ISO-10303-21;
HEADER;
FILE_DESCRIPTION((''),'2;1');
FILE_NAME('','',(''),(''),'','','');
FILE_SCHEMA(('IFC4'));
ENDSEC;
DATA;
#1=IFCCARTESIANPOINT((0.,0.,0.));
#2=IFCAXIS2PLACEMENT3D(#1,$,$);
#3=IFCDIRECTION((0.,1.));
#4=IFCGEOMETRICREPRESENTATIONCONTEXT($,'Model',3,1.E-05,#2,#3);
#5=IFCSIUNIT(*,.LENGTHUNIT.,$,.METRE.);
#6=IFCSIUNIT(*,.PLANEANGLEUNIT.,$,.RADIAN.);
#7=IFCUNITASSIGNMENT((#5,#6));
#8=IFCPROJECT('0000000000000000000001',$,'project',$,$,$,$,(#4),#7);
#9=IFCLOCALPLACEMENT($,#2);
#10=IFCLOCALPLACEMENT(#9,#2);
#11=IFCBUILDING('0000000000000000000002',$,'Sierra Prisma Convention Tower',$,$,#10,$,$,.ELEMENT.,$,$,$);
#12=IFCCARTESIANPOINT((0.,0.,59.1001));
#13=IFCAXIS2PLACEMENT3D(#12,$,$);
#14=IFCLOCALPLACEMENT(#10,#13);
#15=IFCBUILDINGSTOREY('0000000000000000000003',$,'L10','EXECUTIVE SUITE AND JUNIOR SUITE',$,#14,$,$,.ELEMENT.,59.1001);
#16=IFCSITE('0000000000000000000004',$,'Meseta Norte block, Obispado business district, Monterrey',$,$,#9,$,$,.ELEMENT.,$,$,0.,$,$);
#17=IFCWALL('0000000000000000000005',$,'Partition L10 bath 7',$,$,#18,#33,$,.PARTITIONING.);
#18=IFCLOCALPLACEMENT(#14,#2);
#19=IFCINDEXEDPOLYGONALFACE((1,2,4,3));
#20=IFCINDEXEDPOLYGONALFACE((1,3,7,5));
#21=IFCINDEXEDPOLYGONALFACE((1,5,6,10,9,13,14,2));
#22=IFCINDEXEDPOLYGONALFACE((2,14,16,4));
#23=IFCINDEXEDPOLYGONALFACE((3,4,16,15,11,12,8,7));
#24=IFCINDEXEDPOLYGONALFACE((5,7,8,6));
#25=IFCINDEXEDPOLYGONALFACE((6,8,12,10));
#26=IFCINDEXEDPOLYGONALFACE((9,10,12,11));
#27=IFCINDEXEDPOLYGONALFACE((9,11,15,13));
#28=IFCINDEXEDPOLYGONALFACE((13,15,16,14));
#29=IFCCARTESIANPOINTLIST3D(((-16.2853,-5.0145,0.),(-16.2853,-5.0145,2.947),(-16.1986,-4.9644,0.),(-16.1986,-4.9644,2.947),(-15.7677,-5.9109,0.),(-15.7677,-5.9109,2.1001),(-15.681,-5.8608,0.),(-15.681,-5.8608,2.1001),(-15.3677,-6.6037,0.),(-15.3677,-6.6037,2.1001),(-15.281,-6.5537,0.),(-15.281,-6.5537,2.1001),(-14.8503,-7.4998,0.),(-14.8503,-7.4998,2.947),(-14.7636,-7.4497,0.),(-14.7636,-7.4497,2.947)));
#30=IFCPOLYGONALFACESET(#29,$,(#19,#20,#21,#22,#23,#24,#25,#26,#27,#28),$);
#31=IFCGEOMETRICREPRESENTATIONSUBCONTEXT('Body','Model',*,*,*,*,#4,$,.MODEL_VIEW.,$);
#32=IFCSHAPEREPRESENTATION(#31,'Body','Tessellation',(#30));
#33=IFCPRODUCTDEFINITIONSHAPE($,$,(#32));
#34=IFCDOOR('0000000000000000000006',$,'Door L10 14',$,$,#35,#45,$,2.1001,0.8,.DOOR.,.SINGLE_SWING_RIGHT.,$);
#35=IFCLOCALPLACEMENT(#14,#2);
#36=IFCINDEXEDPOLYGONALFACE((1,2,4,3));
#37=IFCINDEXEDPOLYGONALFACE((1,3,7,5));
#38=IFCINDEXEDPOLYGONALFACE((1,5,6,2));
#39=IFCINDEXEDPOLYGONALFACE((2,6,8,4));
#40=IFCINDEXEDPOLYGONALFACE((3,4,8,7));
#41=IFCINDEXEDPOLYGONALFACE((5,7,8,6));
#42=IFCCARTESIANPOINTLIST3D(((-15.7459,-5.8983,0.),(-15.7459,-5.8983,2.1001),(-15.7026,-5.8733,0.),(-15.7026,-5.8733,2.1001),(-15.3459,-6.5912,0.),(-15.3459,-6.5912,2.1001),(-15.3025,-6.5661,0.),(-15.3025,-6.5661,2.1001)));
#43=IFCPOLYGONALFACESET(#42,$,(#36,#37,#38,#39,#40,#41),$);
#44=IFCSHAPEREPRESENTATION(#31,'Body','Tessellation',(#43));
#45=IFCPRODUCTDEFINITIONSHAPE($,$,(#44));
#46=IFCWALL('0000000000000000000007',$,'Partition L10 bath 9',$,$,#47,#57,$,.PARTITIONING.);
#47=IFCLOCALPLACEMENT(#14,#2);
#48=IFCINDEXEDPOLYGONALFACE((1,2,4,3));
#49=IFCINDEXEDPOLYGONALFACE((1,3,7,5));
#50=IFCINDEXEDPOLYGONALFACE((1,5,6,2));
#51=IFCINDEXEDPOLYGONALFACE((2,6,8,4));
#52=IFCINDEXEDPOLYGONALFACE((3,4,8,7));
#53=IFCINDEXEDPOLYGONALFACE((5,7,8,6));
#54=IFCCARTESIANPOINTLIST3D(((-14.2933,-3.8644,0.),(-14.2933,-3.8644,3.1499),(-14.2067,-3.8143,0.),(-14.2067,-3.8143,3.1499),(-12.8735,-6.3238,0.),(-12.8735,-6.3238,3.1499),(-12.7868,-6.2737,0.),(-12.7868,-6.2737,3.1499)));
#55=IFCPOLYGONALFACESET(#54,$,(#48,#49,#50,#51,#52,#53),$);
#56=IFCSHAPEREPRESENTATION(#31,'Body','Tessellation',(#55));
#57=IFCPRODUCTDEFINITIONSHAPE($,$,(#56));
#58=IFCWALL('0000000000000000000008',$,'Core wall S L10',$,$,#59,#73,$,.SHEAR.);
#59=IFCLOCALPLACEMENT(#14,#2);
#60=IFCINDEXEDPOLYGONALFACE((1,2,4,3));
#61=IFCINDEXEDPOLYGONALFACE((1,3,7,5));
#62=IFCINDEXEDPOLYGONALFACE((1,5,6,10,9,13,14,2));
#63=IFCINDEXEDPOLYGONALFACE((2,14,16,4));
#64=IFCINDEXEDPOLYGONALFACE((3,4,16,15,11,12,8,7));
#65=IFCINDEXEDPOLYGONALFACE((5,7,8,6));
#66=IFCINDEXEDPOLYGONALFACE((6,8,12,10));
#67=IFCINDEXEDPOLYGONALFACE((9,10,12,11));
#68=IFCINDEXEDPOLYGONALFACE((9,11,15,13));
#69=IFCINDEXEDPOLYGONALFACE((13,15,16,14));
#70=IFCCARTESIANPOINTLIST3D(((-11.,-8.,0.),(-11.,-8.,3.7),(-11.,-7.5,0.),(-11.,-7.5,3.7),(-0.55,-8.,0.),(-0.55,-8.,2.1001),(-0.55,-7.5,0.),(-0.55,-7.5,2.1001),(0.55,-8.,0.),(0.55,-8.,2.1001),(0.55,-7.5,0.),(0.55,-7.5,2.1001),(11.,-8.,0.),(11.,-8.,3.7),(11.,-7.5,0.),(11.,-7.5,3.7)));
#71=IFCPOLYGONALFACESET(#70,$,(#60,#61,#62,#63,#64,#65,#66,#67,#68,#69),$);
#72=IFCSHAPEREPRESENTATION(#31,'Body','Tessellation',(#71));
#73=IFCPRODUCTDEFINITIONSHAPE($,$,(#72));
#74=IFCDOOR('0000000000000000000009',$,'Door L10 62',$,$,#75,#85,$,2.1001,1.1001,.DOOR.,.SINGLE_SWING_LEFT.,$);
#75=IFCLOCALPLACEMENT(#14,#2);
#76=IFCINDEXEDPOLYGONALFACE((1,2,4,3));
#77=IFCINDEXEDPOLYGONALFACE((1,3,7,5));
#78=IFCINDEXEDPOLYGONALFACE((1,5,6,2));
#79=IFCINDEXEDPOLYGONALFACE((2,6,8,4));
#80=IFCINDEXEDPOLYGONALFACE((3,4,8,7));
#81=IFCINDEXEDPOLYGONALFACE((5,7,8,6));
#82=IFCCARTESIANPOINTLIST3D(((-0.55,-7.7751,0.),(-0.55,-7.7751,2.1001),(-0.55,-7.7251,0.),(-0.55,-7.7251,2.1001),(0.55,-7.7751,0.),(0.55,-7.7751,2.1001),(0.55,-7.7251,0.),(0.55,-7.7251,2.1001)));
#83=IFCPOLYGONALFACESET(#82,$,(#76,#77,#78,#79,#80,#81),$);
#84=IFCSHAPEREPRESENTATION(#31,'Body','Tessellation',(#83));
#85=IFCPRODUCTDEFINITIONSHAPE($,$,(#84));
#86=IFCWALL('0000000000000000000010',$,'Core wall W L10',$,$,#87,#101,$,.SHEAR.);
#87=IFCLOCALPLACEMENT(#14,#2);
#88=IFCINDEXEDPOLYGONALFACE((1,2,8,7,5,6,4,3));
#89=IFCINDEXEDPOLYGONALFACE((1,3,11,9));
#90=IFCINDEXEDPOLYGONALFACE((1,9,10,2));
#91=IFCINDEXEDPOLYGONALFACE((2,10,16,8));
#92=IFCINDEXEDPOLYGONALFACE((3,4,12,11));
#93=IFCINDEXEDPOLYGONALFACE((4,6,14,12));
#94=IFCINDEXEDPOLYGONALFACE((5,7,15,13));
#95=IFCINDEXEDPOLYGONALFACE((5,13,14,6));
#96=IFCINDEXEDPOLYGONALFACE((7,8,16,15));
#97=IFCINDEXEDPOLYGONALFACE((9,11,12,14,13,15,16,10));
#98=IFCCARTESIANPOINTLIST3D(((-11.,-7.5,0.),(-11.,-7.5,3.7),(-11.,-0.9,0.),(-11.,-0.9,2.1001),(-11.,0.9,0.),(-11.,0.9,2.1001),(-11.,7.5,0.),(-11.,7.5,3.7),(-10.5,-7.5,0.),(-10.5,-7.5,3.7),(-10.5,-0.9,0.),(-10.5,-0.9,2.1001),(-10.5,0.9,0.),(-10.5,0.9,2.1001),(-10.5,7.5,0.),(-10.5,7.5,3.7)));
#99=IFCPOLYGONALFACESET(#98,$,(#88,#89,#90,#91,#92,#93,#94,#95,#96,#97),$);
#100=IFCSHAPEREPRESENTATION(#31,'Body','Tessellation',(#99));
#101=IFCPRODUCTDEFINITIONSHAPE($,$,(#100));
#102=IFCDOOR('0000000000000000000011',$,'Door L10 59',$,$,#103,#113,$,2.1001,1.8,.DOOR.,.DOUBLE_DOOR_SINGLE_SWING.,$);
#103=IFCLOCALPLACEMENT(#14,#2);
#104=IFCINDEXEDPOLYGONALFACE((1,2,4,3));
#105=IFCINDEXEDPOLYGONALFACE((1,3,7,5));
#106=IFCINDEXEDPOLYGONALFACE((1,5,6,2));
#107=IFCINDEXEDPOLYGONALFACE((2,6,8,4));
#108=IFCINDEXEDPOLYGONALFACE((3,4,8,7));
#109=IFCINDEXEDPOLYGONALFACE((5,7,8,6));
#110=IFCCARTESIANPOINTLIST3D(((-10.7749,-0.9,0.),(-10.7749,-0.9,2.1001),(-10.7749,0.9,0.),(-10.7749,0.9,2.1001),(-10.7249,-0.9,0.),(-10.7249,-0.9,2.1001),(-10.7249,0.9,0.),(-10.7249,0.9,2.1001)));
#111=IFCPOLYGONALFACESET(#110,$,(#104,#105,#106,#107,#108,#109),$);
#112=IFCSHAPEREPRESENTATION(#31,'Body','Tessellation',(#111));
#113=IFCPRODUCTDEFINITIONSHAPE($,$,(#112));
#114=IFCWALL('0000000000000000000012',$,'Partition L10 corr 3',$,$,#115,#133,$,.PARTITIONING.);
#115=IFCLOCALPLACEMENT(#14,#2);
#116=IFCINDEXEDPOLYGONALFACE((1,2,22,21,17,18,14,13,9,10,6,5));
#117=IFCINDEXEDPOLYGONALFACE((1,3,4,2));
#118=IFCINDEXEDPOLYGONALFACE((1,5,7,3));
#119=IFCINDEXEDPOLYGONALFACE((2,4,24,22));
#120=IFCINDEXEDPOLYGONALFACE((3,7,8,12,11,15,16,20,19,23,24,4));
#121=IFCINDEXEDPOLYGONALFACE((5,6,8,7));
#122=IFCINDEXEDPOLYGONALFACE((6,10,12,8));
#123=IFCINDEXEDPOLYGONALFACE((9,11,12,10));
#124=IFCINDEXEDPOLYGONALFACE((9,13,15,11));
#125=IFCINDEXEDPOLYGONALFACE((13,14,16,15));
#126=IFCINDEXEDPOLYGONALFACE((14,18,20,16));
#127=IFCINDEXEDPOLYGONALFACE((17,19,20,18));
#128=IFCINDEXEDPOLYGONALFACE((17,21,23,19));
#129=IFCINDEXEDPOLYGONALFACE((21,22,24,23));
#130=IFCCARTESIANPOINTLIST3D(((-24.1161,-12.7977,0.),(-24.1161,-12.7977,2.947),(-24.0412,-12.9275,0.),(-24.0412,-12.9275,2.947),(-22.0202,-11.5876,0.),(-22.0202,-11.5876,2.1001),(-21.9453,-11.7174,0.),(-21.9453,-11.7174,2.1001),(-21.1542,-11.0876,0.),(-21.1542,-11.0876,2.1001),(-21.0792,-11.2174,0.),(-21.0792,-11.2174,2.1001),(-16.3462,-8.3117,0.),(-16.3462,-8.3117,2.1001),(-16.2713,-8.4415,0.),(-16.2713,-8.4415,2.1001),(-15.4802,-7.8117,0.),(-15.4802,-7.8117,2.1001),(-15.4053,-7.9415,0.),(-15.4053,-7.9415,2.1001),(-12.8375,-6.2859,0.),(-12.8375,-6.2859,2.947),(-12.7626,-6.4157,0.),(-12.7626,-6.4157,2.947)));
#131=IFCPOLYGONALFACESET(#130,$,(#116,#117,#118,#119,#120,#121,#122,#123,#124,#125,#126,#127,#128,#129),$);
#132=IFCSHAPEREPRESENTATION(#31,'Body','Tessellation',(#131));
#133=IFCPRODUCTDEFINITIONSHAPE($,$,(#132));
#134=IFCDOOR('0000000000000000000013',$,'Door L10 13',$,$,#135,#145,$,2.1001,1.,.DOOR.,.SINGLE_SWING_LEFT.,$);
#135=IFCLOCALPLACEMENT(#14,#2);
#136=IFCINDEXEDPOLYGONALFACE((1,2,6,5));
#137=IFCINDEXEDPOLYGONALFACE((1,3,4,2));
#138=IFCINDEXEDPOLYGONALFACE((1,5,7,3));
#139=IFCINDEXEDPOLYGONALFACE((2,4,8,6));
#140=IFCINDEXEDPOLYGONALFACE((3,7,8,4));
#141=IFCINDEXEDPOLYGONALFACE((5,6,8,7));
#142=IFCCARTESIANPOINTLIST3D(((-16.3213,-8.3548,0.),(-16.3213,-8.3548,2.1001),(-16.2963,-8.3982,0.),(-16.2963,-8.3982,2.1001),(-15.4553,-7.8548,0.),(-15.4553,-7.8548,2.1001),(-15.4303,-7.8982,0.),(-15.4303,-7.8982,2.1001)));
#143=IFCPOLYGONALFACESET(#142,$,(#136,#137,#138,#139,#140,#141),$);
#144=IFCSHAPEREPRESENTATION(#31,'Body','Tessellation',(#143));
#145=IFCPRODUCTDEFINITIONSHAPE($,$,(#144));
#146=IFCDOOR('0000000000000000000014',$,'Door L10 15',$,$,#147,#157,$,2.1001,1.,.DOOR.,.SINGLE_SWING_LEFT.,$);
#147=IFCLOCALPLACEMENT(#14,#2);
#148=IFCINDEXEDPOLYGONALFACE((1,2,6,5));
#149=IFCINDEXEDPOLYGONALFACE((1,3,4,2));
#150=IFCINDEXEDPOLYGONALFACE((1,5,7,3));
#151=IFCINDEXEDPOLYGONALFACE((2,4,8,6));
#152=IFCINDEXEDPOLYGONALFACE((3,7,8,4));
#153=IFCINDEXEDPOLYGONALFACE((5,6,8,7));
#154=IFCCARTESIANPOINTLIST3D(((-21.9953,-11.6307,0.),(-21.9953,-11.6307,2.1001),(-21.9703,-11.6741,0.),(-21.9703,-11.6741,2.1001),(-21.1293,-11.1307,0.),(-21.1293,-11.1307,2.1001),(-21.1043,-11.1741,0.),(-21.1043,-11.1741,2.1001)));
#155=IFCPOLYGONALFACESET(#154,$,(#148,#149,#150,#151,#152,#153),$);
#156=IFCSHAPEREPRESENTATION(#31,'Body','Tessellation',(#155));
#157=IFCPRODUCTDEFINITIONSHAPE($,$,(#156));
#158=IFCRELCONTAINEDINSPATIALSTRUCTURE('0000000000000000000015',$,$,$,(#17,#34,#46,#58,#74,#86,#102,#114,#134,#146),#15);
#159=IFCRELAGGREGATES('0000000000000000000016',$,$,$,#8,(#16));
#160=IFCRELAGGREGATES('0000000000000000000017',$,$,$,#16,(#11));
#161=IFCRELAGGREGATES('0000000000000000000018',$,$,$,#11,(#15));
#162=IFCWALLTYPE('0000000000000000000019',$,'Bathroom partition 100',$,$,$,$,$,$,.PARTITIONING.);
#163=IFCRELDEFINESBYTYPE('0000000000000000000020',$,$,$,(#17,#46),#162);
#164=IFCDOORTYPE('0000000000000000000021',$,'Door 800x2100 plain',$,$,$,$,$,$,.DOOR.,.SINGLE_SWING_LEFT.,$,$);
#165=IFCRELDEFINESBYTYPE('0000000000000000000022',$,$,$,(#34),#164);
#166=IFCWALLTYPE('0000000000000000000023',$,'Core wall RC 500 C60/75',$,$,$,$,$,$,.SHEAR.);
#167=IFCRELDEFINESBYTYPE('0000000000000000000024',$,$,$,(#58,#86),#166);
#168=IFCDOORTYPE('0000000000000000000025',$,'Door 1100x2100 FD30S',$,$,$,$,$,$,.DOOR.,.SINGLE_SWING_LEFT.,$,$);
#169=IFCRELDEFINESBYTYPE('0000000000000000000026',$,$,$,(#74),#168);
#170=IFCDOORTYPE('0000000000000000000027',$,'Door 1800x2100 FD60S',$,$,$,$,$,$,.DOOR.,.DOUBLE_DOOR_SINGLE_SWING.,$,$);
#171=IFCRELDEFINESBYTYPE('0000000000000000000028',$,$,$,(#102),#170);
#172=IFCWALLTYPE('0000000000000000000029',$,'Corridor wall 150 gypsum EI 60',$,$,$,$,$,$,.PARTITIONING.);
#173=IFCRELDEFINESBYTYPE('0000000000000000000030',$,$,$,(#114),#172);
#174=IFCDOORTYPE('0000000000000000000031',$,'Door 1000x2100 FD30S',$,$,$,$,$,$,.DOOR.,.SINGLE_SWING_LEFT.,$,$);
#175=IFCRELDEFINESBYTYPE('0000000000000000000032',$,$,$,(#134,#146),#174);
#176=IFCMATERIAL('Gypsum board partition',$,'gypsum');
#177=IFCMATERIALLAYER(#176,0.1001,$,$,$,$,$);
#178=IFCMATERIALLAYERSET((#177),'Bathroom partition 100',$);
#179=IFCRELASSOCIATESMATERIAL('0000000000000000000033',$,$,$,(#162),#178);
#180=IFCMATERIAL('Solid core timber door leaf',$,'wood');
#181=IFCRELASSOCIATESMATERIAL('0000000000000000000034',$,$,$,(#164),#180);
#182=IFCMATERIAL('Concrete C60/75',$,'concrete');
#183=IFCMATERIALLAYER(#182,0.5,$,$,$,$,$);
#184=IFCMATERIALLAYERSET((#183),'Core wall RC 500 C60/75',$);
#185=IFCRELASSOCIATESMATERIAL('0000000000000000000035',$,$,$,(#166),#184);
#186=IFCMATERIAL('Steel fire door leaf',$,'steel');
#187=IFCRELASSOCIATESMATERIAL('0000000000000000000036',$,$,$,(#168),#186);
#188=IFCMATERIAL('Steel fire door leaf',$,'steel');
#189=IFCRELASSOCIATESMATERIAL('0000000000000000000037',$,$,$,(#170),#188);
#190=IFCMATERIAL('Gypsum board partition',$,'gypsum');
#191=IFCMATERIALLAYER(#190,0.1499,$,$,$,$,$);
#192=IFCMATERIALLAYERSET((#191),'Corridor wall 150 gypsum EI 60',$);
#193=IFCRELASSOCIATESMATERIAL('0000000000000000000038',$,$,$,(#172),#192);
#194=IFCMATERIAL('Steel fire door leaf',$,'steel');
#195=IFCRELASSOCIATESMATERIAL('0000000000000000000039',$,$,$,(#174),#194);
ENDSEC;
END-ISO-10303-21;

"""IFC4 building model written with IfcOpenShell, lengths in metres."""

from ifc_helpers import new_model, si_unit, direction, frame, frame_2d, origin, place, context, subcontext, project, spatial, rectangle, extrude, material, layer, layer_set, type_object, element, fill, save


model = new_model("IFC4")

# Units and contexts
model_context = context("Model", 3, precision=1e-05, world=origin(), true_north=direction((0.0, 1.0)))
body_context = subcontext(model_context, "Body", "Model", "MODEL_VIEW")
ifc_project = project(units=[si_unit("LENGTHUNIT", "METRE"), si_unit("PLANEANGLEUNIT", "RADIAN")], contexts=[model_context])

# Site, building, storey
site_placement = place(None, origin())
site = spatial("IfcSite", under=ifc_project, at=site_placement, Name="Meseta Norte block, Obispado business district, Monterrey", CompositionType="ELEMENT", RefElevation=0.0)
building_placement = place(site_placement, origin())
building = spatial("IfcBuilding", under=site, at=building_placement, Name="Sierra Prisma Convention Tower", CompositionType="ELEMENT")
storey_placement = place(building_placement, frame((0.0, 0.0, 59.1001)))
storey = spatial("IfcBuildingStorey", under=building, at=storey_placement, Name="L10", Description="EXECUTIVE SUITE AND JUNIOR SUITE", CompositionType="ELEMENT", Elevation=59.1001)

# Wall, opening, door
ifc_material_1 = material(Name="Gypsum board partition", Category="gypsum")
ifc_layer_1 = layer(ifc_material_1, 0.1001)
ifc_layer_set_1 = layer_set([ifc_layer_1], Name="Bathroom partition 100")
wall_type_1 = type_object("IfcWallType", Name="Bathroom partition 100", PredefinedType="PARTITIONING", material=ifc_layer_set_1)
wall_1_placement = place(storey_placement, frame((-14.8069, -7.4749, 0.0), z_axis=(0.0, 0.0, 1.0), x_axis=(-0.500037, 0.866004, 0.0)))
wall_1 = element("IfcWall", 1, at=wall_1_placement, inside=storey, type_object=wall_type_1, Name="Partition L10 bath 7", PredefinedType="PARTITIONING", context=body_context, shape_type="SweptSolid", body=[
    extrude(rectangle(XDim=2.8699, YDim=0.1001, at=frame_2d((1.4351, 0.0))), origin(), (0.0, 0.0, 1.0), 2.947),
])
opening_1_placement = place(wall_1_placement, frame((1.0349, 0.0, 0.0)))
opening_1 = element("IfcOpeningElement", 2, at=opening_1_placement, cuts=wall_1, PredefinedType="OPENING", context=body_context, shape_type="SweptSolid", body=[
    extrude(rectangle(XDim=0.8, YDim=2.1001, at=frame_2d((0.3999, 1.05))), frame((0.0, 0.05, 0.0), z_axis=(0.0, -1.0, 0.0), x_axis=(1.0, 0.0, 0.0)), (0.0, 0.0, 1.0), 0.1001),
])
ifc_material_2 = material(Name="Solid core timber door leaf", Category="wood")
door_type_1 = type_object("IfcDoorType", Name="Door 800x2100 plain", OperationType="SINGLE_SWING_LEFT", PredefinedType="DOOR", material=ifc_material_2)
door_1_placement = place(opening_1_placement, origin())
door_1 = element("IfcDoor", 3, at=door_1_placement, inside=storey, type_object=door_type_1, Name="Door L10 14", OperationType="SINGLE_SWING_RIGHT", OverallHeight=2.1001, OverallWidth=0.8, PredefinedType="DOOR", context=body_context, shape_type="SweptSolid", body=[
    extrude(rectangle(XDim=0.8, YDim=2.1001, at=frame_2d((0.3999, 1.05))), frame((0.0, 0.0249, 0.0), z_axis=(0.0, -1.0, 0.0), x_axis=(1.0, 0.0, 0.0)), (0.0, 0.0, 1.0), 0.05),
])
fill(opening_1, door_1)

# Wall
wall_2_placement = place(storey_placement, frame((-14.25, -3.8394, 0.0), z_axis=(0.0, 0.0, 1.0), x_axis=(0.499985, -0.866034, 0.0)))
element("IfcWall", 4, at=wall_2_placement, inside=storey, type_object=wall_type_1, Name="Partition L10 bath 9", PredefinedType="PARTITIONING", context=body_context, shape_type="SweptSolid", body=[
    extrude(rectangle(XDim=2.8398, YDim=0.1001, at=frame_2d((1.4199, 0.0))), origin(), (0.0, 0.0, 1.0), 3.1499),
])

# Walls, openings, doors
ifc_material_3 = material(Name="Concrete C60/75", Category="concrete")
ifc_layer_2 = layer(ifc_material_3, 0.5)
ifc_layer_set_2 = layer_set([ifc_layer_2], Name="Core wall RC 500 C60/75")
wall_type_2 = type_object("IfcWallType", Name="Core wall RC 500 C60/75", PredefinedType="SHEAR", material=ifc_layer_set_2)
wall_3_placement = place(storey_placement, frame((-11.0, -7.75, 0.0), z_axis=(0.0, 0.0, 1.0), x_axis=(1.0, 0.0, 0.0)))
wall_3 = element("IfcWall", 5, at=wall_3_placement, inside=storey, type_object=wall_type_2, Name="Core wall S L10", PredefinedType="SHEAR", context=body_context, shape_type="SweptSolid", body=[
    extrude(rectangle(XDim=22.0, YDim=0.5, at=frame_2d((11.0, 0.0))), origin(), (0.0, 0.0, 1.0), 3.7),
])
opening_2_placement = place(wall_3_placement, frame((10.45, 0.0, 0.0)))
opening_2 = element("IfcOpeningElement", 6, at=opening_2_placement, cuts=wall_3, PredefinedType="OPENING", context=body_context, shape_type="SweptSolid", body=[
    extrude(rectangle(XDim=1.1001, YDim=2.1001, at=frame_2d((0.55, 1.05))), frame((0.0, 0.25, 0.0), z_axis=(0.0, -1.0, 0.0), x_axis=(1.0, 0.0, 0.0)), (0.0, 0.0, 1.0), 0.5),
])
ifc_material_4 = material(Name="Steel fire door leaf", Category="steel")
door_type_2 = type_object("IfcDoorType", Name="Door 1100x2100 FD30S", OperationType="SINGLE_SWING_LEFT", PredefinedType="DOOR", material=ifc_material_4)
door_2_placement = place(opening_2_placement, origin())
door_2 = element("IfcDoor", 7, at=door_2_placement, inside=storey, type_object=door_type_2, Name="Door L10 62", OperationType="SINGLE_SWING_LEFT", OverallHeight=2.1001, OverallWidth=1.1001, PredefinedType="DOOR", context=body_context, shape_type="SweptSolid", body=[
    extrude(rectangle(XDim=1.1001, YDim=2.1001, at=frame_2d((0.55, 1.05))), frame((0.0, 0.0249, 0.0), z_axis=(0.0, -1.0, 0.0), x_axis=(1.0, 0.0, 0.0)), (0.0, 0.0, 1.0), 0.05),
])
fill(opening_2, door_2)
wall_4_placement = place(storey_placement, frame((-10.75, -7.5, 0.0), z_axis=(0.0, 0.0, 1.0), x_axis=(0.0, 1.0, 0.0)))
wall_4 = element("IfcWall", 8, at=wall_4_placement, inside=storey, type_object=wall_type_2, Name="Core wall W L10", PredefinedType="SHEAR", context=body_context, shape_type="SweptSolid", body=[
    extrude(rectangle(XDim=15.0, YDim=0.5, at=frame_2d((7.5, 0.0))), origin(), (0.0, 0.0, 1.0), 3.7),
])
opening_3_placement = place(wall_4_placement, frame((6.6001, 0.0, 0.0)))
opening_3 = element("IfcOpeningElement", 9, at=opening_3_placement, cuts=wall_4, PredefinedType="OPENING", context=body_context, shape_type="SweptSolid", body=[
    extrude(rectangle(XDim=1.8, YDim=2.1001, at=frame_2d((0.8999, 1.05))), frame((0.0, 0.25, 0.0), z_axis=(0.0, -1.0, 0.0), x_axis=(1.0, 0.0, 0.0)), (0.0, 0.0, 1.0), 0.5),
])
ifc_material_5 = material(Name="Steel fire door leaf", Category="steel")
door_type_3 = type_object("IfcDoorType", Name="Door 1800x2100 FD60S", OperationType="DOUBLE_DOOR_SINGLE_SWING", PredefinedType="DOOR", material=ifc_material_5)
door_3_placement = place(opening_3_placement, origin())
door_3 = element("IfcDoor", 10, at=door_3_placement, inside=storey, type_object=door_type_3, Name="Door L10 59", OperationType="DOUBLE_DOOR_SINGLE_SWING", OverallHeight=2.1001, OverallWidth=1.8, PredefinedType="DOOR", context=body_context, shape_type="SweptSolid", body=[
    extrude(rectangle(XDim=1.8, YDim=2.1001, at=frame_2d((0.8999, 1.05))), frame((0.0, 0.0249, 0.0), z_axis=(0.0, -1.0, 0.0), x_axis=(1.0, 0.0, 0.0)), (0.0, 0.0, 1.0), 0.05),
])
fill(opening_3, door_3)

# Wall, openings, doors
ifc_material_6 = material(Name="Gypsum board partition", Category="gypsum")
ifc_layer_3 = layer(ifc_material_6, 0.1499)
ifc_layer_set_3 = layer_set([ifc_layer_3], Name="Corridor wall 150 gypsum EI 60")
wall_type_3 = type_object("IfcWallType", Name="Corridor wall 150 gypsum EI 60", PredefinedType="PARTITIONING", material=ifc_layer_set_3)
wall_5_placement = place(storey_placement, frame((-12.8, -6.3508, 0.0), z_axis=(0.0, 0.0, 1.0), x_axis=(-0.866024, -0.500002, 0.0)))
wall_5 = element("IfcWall", 11, at=wall_5_placement, inside=storey, type_object=wall_type_3, Name="Partition L10 corr 3", PredefinedType="PARTITIONING", context=body_context, shape_type="SweptSolid", body=[
    extrude(rectangle(XDim=13.0234, YDim=0.1499, at=frame_2d((6.5117, 0.0))), origin(), (0.0, 0.0, 1.0), 2.947),
])
opening_4_placement = place(wall_5_placement, frame((3.0515, 0.0, 0.0)))
opening_4 = element("IfcOpeningElement", 12, at=opening_4_placement, cuts=wall_5, PredefinedType="OPENING", context=body_context, shape_type="SweptSolid", body=[
    extrude(rectangle(XDim=1.0, YDim=2.1001, at=frame_2d((0.5, 1.05))), frame((0.0, 0.075, 0.0), z_axis=(0.0, -1.0, 0.0), x_axis=(1.0, 0.0, 0.0)), (0.0, 0.0, 1.0), 0.1499),
])
opening_5_placement = place(wall_5_placement, frame((9.6033, 0.0, 0.0)))
opening_5 = element("IfcOpeningElement", 13, at=opening_5_placement, cuts=wall_5, PredefinedType="OPENING", context=body_context, shape_type="SweptSolid", body=[
    extrude(rectangle(XDim=1.0, YDim=2.1001, at=frame_2d((0.5, 1.05))), frame((0.0, 0.075, 0.0), z_axis=(0.0, -1.0, 0.0), x_axis=(1.0, 0.0, 0.0)), (0.0, 0.0, 1.0), 0.1499),
])
ifc_material_7 = material(Name="Steel fire door leaf", Category="steel")
door_type_4 = type_object("IfcDoorType", Name="Door 1000x2100 FD30S", OperationType="SINGLE_SWING_LEFT", PredefinedType="DOOR", material=ifc_material_7)
door_4_placement = place(opening_4_placement, origin())
door_4 = element("IfcDoor", 14, at=door_4_placement, inside=storey, type_object=door_type_4, Name="Door L10 13", OperationType="SINGLE_SWING_LEFT", OverallHeight=2.1001, OverallWidth=1.0, PredefinedType="DOOR", context=body_context, shape_type="SweptSolid", body=[
    extrude(rectangle(XDim=1.0, YDim=2.1001, at=frame_2d((0.5, 1.05))), frame((0.0, 0.0249, 0.0), z_axis=(0.0, -1.0, 0.0), x_axis=(1.0, 0.0, 0.0)), (0.0, 0.0, 1.0), 0.05),
])
fill(opening_4, door_4)
door_5_placement = place(opening_5_placement, origin())
door_5 = element("IfcDoor", 15, at=door_5_placement, inside=storey, type_object=door_type_4, Name="Door L10 15", OperationType="SINGLE_SWING_LEFT", OverallHeight=2.1001, OverallWidth=1.0, PredefinedType="DOOR", context=body_context, shape_type="SweptSolid", body=[
    extrude(rectangle(XDim=1.0, YDim=2.1001, at=frame_2d((0.5, 1.05))), frame((0.0, 0.0249, 0.0), z_axis=(0.0, -1.0, 0.0), x_axis=(1.0, 0.0, 0.0)), (0.0, 0.0, 1.0), 0.05),
])
fill(opening_5, door_5)

save(model, "model.ifc")
